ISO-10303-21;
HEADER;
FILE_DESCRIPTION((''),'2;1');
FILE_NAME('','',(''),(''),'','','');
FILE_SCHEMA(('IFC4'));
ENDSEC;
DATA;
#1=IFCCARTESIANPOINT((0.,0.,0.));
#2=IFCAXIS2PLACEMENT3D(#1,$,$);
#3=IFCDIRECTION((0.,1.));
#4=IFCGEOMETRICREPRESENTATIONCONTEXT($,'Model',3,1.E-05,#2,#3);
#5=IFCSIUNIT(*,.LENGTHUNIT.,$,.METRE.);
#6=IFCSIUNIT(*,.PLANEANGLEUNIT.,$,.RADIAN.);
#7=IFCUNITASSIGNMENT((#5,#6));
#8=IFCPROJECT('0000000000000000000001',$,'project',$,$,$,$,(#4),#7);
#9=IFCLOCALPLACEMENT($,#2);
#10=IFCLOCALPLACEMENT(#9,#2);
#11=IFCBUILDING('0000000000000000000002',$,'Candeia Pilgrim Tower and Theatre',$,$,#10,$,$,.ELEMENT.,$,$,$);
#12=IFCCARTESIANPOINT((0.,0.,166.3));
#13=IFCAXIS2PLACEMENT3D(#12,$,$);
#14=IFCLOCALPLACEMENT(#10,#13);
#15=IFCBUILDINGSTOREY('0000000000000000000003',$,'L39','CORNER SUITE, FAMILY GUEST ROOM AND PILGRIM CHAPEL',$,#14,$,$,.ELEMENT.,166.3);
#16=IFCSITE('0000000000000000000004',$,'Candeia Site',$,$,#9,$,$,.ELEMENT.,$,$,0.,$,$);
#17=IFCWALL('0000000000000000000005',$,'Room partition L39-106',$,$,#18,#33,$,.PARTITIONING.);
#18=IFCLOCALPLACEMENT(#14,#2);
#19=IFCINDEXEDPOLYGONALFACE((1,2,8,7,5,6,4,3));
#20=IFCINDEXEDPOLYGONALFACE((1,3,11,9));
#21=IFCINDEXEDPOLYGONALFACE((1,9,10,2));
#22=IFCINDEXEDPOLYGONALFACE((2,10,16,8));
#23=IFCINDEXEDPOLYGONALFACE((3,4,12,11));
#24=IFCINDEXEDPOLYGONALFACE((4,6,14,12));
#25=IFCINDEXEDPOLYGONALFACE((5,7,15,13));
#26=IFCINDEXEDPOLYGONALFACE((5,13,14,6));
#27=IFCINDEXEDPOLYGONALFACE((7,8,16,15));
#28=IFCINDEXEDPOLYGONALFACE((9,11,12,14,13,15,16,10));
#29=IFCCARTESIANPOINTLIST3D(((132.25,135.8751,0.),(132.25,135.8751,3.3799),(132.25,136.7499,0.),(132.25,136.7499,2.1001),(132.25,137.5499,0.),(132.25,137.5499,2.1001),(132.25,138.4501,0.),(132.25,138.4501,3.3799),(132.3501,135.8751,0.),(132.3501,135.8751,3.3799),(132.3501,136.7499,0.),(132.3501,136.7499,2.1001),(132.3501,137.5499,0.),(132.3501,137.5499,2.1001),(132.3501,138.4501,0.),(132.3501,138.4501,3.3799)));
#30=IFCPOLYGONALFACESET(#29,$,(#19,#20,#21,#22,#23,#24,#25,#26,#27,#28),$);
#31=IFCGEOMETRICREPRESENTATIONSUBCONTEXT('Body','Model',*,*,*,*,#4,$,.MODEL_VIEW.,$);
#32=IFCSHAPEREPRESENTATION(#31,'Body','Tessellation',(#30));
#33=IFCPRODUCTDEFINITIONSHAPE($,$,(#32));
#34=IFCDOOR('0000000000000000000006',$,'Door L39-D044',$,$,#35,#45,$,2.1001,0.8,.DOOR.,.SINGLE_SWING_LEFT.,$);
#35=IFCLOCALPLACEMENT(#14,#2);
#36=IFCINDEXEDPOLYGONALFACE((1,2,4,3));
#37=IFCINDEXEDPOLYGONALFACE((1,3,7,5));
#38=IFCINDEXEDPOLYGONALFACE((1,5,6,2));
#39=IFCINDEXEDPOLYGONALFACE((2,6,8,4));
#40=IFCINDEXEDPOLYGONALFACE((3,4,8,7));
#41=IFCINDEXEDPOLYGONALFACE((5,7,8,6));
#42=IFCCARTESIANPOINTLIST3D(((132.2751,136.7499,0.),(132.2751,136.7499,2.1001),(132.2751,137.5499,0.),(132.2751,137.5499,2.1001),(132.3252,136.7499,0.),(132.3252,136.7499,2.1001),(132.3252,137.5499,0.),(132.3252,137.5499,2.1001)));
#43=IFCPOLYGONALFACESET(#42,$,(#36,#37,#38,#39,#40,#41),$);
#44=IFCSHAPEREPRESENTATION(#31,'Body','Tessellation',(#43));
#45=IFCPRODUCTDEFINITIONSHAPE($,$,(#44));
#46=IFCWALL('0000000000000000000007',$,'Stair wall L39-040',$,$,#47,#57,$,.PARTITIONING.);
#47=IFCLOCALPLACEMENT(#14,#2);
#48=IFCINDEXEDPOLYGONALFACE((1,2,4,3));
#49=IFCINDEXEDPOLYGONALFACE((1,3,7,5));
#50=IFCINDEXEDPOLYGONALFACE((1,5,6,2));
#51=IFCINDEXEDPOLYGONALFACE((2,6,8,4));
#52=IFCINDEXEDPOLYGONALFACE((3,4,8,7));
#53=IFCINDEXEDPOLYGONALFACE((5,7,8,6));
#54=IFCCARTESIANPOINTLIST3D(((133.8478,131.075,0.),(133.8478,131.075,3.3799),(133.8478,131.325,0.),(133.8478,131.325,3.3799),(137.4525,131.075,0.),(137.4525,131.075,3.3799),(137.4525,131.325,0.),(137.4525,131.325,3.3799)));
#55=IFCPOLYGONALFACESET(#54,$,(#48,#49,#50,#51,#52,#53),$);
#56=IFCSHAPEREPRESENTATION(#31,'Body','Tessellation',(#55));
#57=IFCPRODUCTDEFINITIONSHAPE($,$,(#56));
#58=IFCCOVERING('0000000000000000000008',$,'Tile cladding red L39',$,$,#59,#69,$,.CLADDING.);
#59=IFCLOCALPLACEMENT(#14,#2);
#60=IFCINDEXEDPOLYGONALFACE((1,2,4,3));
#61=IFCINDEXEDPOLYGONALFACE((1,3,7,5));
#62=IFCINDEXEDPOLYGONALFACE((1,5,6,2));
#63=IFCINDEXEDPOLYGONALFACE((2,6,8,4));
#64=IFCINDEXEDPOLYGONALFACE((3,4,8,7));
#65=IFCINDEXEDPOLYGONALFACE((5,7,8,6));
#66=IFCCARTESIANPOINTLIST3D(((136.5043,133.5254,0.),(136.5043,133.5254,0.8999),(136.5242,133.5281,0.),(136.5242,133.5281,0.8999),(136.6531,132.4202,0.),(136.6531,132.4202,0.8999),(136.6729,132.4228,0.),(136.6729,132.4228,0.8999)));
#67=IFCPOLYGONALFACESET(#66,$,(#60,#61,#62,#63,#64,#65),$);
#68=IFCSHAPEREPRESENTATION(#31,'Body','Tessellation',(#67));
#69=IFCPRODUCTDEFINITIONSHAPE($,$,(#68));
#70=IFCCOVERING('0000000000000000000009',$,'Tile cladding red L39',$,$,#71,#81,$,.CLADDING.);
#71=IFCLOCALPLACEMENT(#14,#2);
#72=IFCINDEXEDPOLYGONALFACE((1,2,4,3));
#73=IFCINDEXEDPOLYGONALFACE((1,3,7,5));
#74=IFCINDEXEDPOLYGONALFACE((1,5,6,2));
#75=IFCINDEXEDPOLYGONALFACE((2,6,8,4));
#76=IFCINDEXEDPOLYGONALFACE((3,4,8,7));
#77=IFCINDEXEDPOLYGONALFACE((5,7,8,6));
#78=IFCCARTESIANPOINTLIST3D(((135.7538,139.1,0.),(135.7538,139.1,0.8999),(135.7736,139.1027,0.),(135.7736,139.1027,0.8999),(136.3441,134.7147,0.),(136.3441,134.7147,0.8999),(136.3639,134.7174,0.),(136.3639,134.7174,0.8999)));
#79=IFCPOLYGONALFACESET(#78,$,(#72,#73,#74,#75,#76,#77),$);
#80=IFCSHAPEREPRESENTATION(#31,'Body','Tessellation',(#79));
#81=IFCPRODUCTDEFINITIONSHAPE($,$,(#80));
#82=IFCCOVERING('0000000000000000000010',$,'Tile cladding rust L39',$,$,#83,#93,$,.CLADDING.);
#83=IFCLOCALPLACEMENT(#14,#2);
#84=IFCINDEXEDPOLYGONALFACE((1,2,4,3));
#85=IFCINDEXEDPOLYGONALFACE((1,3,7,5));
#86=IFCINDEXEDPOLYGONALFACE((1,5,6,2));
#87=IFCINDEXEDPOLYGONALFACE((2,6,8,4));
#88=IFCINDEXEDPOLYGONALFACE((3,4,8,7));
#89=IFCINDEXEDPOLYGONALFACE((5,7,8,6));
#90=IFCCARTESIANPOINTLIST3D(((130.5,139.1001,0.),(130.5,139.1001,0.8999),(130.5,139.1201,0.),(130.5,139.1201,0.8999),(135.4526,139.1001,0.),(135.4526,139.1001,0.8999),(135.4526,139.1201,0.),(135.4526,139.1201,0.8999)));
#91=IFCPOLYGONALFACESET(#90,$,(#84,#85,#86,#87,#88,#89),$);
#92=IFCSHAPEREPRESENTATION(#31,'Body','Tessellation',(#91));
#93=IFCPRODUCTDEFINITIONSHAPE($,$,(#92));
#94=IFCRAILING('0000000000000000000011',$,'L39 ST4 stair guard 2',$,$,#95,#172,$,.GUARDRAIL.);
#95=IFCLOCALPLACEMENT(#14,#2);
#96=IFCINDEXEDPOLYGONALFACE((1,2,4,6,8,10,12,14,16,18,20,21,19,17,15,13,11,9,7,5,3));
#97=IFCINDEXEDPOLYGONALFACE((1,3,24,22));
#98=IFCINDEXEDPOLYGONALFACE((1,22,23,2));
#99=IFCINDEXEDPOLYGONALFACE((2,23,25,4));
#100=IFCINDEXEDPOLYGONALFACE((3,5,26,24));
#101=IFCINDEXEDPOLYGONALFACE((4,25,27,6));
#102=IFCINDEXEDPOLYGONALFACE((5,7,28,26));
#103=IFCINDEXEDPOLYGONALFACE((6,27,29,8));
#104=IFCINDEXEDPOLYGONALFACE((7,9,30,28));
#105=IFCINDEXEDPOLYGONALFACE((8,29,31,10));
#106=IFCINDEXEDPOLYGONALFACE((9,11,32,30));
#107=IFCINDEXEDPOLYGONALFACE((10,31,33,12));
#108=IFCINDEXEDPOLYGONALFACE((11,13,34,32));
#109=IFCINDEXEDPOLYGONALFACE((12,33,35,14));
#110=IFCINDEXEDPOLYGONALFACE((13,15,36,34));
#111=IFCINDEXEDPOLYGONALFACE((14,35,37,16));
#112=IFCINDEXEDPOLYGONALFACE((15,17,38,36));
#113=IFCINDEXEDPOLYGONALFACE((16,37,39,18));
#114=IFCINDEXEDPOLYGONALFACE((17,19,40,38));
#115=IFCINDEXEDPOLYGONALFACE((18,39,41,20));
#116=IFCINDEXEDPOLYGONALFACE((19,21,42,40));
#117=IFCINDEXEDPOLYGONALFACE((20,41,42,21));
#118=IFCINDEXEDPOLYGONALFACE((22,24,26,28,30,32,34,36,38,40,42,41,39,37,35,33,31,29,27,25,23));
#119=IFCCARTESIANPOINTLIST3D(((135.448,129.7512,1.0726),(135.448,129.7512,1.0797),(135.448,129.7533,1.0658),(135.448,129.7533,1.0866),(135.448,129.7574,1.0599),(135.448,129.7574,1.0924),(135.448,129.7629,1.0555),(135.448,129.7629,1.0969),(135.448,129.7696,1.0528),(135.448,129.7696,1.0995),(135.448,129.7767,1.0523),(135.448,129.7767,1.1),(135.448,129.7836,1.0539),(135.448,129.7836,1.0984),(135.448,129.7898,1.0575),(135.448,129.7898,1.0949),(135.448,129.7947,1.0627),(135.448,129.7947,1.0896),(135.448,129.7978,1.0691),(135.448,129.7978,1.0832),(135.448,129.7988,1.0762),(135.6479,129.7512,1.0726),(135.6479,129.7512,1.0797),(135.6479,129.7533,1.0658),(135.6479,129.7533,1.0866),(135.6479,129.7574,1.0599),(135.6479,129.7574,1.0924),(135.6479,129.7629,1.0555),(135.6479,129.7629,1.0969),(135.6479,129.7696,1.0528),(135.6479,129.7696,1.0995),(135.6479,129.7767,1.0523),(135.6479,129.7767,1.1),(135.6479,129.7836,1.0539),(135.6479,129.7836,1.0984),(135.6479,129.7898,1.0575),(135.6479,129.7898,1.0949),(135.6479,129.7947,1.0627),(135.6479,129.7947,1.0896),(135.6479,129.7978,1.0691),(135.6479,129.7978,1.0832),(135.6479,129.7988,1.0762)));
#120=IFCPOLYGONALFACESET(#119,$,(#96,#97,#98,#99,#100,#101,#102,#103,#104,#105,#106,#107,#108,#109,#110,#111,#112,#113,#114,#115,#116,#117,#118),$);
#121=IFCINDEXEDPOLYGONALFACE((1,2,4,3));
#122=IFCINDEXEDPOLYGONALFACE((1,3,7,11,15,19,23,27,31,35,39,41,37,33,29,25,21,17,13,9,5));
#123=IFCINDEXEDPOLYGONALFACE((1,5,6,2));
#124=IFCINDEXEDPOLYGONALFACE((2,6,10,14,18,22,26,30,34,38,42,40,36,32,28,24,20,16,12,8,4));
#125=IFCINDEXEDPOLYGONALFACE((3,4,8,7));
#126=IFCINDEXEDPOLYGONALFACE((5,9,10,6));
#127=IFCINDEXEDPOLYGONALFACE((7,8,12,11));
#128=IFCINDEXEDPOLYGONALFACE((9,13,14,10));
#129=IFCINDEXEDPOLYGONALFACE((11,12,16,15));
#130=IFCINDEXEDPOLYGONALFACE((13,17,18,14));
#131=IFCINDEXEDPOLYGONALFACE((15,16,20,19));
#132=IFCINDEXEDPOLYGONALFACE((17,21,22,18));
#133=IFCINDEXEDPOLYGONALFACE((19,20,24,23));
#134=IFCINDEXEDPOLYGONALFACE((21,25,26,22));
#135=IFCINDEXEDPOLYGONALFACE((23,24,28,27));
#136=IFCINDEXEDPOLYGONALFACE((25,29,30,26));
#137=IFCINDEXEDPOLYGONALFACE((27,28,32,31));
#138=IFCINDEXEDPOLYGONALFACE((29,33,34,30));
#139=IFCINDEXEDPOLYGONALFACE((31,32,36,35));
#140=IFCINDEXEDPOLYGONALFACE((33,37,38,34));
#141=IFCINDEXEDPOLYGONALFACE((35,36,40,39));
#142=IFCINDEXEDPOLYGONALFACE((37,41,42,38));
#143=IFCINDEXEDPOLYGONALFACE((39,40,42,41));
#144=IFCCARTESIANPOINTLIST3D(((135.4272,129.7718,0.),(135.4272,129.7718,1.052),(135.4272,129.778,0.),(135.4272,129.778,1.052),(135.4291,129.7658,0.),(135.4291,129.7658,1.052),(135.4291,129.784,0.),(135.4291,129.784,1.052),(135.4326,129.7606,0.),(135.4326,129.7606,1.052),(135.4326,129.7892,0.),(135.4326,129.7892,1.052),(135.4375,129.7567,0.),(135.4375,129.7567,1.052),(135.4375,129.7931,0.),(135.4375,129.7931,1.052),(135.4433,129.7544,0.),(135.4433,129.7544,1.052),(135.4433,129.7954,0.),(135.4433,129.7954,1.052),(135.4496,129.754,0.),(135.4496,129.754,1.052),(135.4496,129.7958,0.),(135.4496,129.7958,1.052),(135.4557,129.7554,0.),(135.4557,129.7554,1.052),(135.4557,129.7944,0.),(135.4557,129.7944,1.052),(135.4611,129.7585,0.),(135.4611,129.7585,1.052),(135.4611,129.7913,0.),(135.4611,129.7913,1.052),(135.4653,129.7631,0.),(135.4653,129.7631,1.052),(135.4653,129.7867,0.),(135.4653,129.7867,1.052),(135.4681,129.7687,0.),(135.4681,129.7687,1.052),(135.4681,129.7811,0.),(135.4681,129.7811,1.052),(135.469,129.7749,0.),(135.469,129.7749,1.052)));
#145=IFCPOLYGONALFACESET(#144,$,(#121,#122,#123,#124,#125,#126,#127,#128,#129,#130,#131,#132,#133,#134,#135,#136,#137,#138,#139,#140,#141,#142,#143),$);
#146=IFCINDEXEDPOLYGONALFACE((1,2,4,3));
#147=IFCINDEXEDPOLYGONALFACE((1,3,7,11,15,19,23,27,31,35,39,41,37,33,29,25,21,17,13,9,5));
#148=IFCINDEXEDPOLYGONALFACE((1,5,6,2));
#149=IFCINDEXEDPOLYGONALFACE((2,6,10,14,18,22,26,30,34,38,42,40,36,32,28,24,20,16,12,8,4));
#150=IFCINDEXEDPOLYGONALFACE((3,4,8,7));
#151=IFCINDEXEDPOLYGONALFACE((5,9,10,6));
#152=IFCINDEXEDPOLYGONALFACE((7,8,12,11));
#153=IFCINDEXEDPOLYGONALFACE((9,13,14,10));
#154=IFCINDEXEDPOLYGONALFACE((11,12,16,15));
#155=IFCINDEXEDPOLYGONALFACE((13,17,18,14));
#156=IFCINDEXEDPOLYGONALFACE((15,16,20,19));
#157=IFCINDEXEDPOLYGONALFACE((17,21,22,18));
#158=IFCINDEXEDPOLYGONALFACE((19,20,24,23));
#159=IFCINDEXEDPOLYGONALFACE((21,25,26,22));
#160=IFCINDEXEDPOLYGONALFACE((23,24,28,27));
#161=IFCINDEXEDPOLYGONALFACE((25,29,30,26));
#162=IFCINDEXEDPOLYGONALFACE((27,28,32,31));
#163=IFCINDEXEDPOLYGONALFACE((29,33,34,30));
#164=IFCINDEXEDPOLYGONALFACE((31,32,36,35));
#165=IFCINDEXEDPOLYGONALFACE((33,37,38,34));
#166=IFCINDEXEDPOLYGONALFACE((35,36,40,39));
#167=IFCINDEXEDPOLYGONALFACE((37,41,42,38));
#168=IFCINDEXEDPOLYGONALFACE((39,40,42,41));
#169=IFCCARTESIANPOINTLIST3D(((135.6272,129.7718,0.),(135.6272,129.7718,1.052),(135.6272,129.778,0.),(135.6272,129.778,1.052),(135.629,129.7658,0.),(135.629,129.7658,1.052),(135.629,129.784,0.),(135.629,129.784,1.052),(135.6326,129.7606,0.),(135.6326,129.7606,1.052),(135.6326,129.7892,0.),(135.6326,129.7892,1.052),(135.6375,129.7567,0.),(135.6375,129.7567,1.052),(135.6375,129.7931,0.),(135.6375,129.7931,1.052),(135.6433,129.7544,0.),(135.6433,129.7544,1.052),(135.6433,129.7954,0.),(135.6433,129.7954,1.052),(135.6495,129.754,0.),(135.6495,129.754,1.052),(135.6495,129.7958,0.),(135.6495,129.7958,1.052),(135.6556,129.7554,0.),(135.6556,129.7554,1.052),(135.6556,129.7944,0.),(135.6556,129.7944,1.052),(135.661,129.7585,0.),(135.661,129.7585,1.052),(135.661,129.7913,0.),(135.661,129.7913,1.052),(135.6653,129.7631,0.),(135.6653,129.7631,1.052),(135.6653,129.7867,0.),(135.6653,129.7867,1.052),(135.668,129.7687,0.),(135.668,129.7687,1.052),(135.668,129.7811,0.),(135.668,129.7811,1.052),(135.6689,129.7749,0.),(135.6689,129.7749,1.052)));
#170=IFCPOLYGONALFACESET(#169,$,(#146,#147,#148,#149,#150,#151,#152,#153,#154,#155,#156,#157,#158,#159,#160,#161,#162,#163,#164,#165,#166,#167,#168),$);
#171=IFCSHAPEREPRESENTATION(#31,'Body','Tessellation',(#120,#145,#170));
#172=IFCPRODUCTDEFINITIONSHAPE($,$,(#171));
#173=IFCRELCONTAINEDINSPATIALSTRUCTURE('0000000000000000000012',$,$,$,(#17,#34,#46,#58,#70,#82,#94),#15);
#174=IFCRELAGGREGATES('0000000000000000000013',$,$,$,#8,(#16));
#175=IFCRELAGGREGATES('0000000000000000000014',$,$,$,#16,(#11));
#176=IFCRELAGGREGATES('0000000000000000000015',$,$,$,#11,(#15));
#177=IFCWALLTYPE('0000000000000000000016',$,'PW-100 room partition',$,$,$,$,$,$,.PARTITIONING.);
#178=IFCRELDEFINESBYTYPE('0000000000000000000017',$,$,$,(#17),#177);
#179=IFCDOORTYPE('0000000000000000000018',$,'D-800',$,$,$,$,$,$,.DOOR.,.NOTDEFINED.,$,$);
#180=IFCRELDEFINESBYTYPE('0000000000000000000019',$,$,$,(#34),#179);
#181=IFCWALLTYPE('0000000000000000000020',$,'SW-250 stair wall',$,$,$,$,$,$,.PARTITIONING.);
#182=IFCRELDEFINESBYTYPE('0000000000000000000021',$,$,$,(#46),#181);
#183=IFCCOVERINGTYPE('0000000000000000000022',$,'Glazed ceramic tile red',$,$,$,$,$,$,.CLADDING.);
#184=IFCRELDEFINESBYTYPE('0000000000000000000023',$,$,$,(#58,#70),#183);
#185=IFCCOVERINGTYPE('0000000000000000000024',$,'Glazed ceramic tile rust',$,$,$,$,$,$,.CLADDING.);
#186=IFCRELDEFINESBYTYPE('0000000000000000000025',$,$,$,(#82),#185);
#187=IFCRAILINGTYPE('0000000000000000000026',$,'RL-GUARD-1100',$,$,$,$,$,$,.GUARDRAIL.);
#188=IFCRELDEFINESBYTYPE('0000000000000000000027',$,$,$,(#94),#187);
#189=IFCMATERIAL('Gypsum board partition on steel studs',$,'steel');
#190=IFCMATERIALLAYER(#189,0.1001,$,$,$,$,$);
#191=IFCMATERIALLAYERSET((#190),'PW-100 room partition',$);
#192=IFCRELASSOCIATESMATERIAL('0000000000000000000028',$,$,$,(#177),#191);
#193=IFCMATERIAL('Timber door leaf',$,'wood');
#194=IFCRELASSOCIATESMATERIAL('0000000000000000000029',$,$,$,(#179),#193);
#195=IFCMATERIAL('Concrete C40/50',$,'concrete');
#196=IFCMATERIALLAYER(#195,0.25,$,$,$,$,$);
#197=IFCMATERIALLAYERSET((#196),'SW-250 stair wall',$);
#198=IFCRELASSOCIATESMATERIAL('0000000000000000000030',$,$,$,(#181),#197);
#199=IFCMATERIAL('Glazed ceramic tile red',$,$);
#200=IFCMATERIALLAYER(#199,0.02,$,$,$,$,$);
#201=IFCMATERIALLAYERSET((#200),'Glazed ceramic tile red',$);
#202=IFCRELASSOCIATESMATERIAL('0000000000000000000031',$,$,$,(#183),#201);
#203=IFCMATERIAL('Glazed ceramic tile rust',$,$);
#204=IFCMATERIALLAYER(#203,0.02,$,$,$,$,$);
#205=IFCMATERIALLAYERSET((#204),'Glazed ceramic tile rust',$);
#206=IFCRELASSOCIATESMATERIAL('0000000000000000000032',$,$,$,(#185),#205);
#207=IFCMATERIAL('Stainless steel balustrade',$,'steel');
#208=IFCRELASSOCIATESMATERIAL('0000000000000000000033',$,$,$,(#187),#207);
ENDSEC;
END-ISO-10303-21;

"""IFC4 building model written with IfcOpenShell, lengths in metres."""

from ifc_helpers import new_model, si_unit, direction, frame, frame_2d, origin, origin_2d, place, context, subcontext, project, spatial, rectangle, circle, extrude, material, layer, layer_set, type_object, element, fill, save


model = new_model("IFC4")

# Units and contexts
model_context = context("Model", 3, precision=1e-05, world=origin(), true_north=direction((0.0, 1.0)))
body_context = subcontext(model_context, "Body", "Model", "MODEL_VIEW")
ifc_project = project(units=[si_unit("LENGTHUNIT", "METRE"), si_unit("PLANEANGLEUNIT", "RADIAN")], contexts=[model_context])

# Site, building, storey
site_placement = place(None, origin())
site = spatial("IfcSite", under=ifc_project, at=site_placement, Name="Candeia Site", CompositionType="ELEMENT", RefElevation=0.0)
building_placement = place(site_placement, origin())
building = spatial("IfcBuilding", under=site, at=building_placement, Name="Candeia Pilgrim Tower and Theatre", CompositionType="ELEMENT")
storey_placement = place(building_placement, frame((0.0, 0.0, 166.3)))
storey = spatial("IfcBuildingStorey", under=building, at=storey_placement, Name="L39", Description="CORNER SUITE, FAMILY GUEST ROOM AND PILGRIM CHAPEL", CompositionType="ELEMENT", Elevation=166.3)

# Wall, opening, door
ifc_material_1 = material(Name="Gypsum board partition on steel studs", Category="steel")
ifc_layer_1 = layer(ifc_material_1, 0.1001)
ifc_layer_set_1 = layer_set([ifc_layer_1], Name="PW-100 room partition")
wall_type_1 = type_object("IfcWallType", Name="PW-100 room partition", PredefinedType="PARTITIONING", material=ifc_layer_set_1)
wall_1_placement = place(storey_placement, frame((132.3, 135.875, 0.0), z_axis=(0.0, 0.0, 1.0), x_axis=(0.0, 1.0, 0.0)))
wall_1 = element("IfcWall", 1, at=wall_1_placement, inside=storey, type_object=wall_type_1, Name="Room partition L39-106", PredefinedType="PARTITIONING", context=body_context, shape_type="SweptSolid", body=[
    extrude(rectangle(XDim=2.575, YDim=0.1001, at=frame_2d((1.2876, 0.0))), origin(), (0.0, 0.0, 1.0), 3.3799),
])
opening_1_placement = place(wall_1_placement, frame((0.875, 0.0, 0.0)))
opening_1 = element("IfcOpeningElement", 2, at=opening_1_placement, cuts=wall_1, PredefinedType="OPENING", context=body_context, shape_type="SweptSolid", body=[
    extrude(rectangle(XDim=0.8, YDim=2.1001, at=frame_2d((0.3999, 1.05))), frame((0.0, 0.0601, 0.0), z_axis=(0.0, -1.0, 0.0), x_axis=(1.0, 0.0, 0.0)), (0.0, 0.0, 1.0), 0.1201),
])
ifc_material_2 = material(Name="Timber door leaf", Category="wood")
door_type_1 = type_object("IfcDoorType", Name="D-800", OperationType="NOTDEFINED", PredefinedType="DOOR", material=ifc_material_2)
door_1_placement = place(opening_1_placement, origin())
door_1 = element("IfcDoor", 3, at=door_1_placement, inside=storey, type_object=door_type_1, Name="Door L39-D044", OperationType="SINGLE_SWING_LEFT", OverallHeight=2.1001, OverallWidth=0.8, PredefinedType="DOOR", context=body_context, shape_type="SweptSolid", body=[
    extrude(rectangle(XDim=0.8, YDim=2.1001, at=frame_2d((0.3999, 1.05))), frame((0.0, 0.0249, 0.0), z_axis=(0.0, -1.0, 0.0), x_axis=(1.0, 0.0, 0.0)), (0.0, 0.0, 1.0), 0.05),
])
fill(opening_1, door_1)

# Wall
ifc_material_3 = material(Name="Concrete C40/50", Category="concrete")
ifc_layer_2 = layer(ifc_material_3, 0.25)
ifc_layer_set_2 = layer_set([ifc_layer_2], Name="SW-250 stair wall")
wall_type_2 = type_object("IfcWallType", Name="SW-250 stair wall", PredefinedType="PARTITIONING", material=ifc_layer_set_2)
wall_2_placement = place(storey_placement, frame((133.8479, 131.2, 0.0), z_axis=(0.0, 0.0, 1.0), x_axis=(1.0, 0.0, 0.0)))
element("IfcWall", 4, at=wall_2_placement, inside=storey, type_object=wall_type_2, Name="Stair wall L39-040", PredefinedType="PARTITIONING", context=body_context, shape_type="SweptSolid", body=[
    extrude(rectangle(XDim=3.6047, YDim=0.25, at=frame_2d((1.8022, 0.0))), origin(), (0.0, 0.0, 1.0), 3.3799),
])

# Coverings
ifc_material_4 = material(Name="Glazed ceramic tile red")
ifc_layer_3 = layer(ifc_material_4, 0.02)
ifc_layer_set_3 = layer_set([ifc_layer_3], Name="Glazed ceramic tile red")
covering_type_1 = type_object("IfcCoveringType", Name="Glazed ceramic tile red", PredefinedType="CLADDING", material=ifc_layer_set_3)
covering_1_placement = place(storey_placement, frame((136.5886, 132.9741, 0.0), z_axis=(0.0, 0.0, 1.0), x_axis=(-0.133412, 0.991061, 0.0)))
element("IfcCovering", 5, at=covering_1_placement, inside=storey, type_object=covering_type_1, Name="Tile cladding red L39", PredefinedType="CLADDING", context=body_context, shape_type="SweptSolid", body=[
    extrude(rectangle(XDim=1.1152, YDim=0.02, at=origin_2d()), origin(), (0.0, 0.0, 1.0), 0.8999),
])
covering_2_placement = place(storey_placement, frame((136.0588, 136.9087, 0.0), z_axis=(0.0, 0.0, 1.0), x_axis=(-0.133412, 0.991061, 0.0)))
element("IfcCovering", 6, at=covering_2_placement, inside=storey, type_object=covering_type_1, Name="Tile cladding red L39", PredefinedType="CLADDING", context=body_context, shape_type="SweptSolid", body=[
    extrude(rectangle(XDim=4.4248, YDim=0.02, at=origin_2d()), origin(), (0.0, 0.0, 1.0), 0.8999),
])
ifc_material_5 = material(Name="Glazed ceramic tile rust")
ifc_layer_4 = layer(ifc_material_5, 0.02)
ifc_layer_set_4 = layer_set([ifc_layer_4], Name="Glazed ceramic tile rust")
covering_type_2 = type_object("IfcCoveringType", Name="Glazed ceramic tile rust", PredefinedType="CLADDING", material=ifc_layer_set_4)
covering_3_placement = place(storey_placement, frame((132.9763, 139.1101, 0.0), z_axis=(0.0, 0.0, 1.0), x_axis=(-1.0, 0.0, 0.0)))
element("IfcCovering", 7, at=covering_3_placement, inside=storey, type_object=covering_type_2, Name="Tile cladding rust L39", PredefinedType="CLADDING", context=body_context, shape_type="SweptSolid", body=[
    extrude(rectangle(XDim=4.9526, YDim=0.02, at=origin_2d()), origin(), (0.0, 0.0, 1.0), 0.8999),
])

# Railing
ifc_material_6 = material(Name="Stainless steel balustrade", Category="steel")
railing_type = type_object("IfcRailingType", Name="RL-GUARD-1100", PredefinedType="GUARDRAIL", material=ifc_material_6)
railing_placement = place(storey_placement, frame((135.448, 129.7749, 0.0)))
element("IfcRailing", 8, at=railing_placement, inside=storey, type_object=railing_type, Name="L39 ST4 stair guard 2", PredefinedType="GUARDRAIL", context=body_context, shape_type="SweptSolid", body=[
    extrude(circle(Radius=0.0239, at=origin_2d()), frame((0.0, 0.0, 1.0762), z_axis=(1.0, 0.0, 0.0), x_axis=(0.0, 1.0, 0.0)), (0.0, 0.0, 1.0), 0.2),
    extrude(circle(Radius=0.021, at=origin_2d()), origin(), (0.0, 0.0, 1.0), 1.052),
    extrude(circle(Radius=0.021, at=origin_2d()), frame((0.2, 0.0, 0.0)), (0.0, 0.0, 1.0), 1.052),
])

save(model, "model.ifc")
